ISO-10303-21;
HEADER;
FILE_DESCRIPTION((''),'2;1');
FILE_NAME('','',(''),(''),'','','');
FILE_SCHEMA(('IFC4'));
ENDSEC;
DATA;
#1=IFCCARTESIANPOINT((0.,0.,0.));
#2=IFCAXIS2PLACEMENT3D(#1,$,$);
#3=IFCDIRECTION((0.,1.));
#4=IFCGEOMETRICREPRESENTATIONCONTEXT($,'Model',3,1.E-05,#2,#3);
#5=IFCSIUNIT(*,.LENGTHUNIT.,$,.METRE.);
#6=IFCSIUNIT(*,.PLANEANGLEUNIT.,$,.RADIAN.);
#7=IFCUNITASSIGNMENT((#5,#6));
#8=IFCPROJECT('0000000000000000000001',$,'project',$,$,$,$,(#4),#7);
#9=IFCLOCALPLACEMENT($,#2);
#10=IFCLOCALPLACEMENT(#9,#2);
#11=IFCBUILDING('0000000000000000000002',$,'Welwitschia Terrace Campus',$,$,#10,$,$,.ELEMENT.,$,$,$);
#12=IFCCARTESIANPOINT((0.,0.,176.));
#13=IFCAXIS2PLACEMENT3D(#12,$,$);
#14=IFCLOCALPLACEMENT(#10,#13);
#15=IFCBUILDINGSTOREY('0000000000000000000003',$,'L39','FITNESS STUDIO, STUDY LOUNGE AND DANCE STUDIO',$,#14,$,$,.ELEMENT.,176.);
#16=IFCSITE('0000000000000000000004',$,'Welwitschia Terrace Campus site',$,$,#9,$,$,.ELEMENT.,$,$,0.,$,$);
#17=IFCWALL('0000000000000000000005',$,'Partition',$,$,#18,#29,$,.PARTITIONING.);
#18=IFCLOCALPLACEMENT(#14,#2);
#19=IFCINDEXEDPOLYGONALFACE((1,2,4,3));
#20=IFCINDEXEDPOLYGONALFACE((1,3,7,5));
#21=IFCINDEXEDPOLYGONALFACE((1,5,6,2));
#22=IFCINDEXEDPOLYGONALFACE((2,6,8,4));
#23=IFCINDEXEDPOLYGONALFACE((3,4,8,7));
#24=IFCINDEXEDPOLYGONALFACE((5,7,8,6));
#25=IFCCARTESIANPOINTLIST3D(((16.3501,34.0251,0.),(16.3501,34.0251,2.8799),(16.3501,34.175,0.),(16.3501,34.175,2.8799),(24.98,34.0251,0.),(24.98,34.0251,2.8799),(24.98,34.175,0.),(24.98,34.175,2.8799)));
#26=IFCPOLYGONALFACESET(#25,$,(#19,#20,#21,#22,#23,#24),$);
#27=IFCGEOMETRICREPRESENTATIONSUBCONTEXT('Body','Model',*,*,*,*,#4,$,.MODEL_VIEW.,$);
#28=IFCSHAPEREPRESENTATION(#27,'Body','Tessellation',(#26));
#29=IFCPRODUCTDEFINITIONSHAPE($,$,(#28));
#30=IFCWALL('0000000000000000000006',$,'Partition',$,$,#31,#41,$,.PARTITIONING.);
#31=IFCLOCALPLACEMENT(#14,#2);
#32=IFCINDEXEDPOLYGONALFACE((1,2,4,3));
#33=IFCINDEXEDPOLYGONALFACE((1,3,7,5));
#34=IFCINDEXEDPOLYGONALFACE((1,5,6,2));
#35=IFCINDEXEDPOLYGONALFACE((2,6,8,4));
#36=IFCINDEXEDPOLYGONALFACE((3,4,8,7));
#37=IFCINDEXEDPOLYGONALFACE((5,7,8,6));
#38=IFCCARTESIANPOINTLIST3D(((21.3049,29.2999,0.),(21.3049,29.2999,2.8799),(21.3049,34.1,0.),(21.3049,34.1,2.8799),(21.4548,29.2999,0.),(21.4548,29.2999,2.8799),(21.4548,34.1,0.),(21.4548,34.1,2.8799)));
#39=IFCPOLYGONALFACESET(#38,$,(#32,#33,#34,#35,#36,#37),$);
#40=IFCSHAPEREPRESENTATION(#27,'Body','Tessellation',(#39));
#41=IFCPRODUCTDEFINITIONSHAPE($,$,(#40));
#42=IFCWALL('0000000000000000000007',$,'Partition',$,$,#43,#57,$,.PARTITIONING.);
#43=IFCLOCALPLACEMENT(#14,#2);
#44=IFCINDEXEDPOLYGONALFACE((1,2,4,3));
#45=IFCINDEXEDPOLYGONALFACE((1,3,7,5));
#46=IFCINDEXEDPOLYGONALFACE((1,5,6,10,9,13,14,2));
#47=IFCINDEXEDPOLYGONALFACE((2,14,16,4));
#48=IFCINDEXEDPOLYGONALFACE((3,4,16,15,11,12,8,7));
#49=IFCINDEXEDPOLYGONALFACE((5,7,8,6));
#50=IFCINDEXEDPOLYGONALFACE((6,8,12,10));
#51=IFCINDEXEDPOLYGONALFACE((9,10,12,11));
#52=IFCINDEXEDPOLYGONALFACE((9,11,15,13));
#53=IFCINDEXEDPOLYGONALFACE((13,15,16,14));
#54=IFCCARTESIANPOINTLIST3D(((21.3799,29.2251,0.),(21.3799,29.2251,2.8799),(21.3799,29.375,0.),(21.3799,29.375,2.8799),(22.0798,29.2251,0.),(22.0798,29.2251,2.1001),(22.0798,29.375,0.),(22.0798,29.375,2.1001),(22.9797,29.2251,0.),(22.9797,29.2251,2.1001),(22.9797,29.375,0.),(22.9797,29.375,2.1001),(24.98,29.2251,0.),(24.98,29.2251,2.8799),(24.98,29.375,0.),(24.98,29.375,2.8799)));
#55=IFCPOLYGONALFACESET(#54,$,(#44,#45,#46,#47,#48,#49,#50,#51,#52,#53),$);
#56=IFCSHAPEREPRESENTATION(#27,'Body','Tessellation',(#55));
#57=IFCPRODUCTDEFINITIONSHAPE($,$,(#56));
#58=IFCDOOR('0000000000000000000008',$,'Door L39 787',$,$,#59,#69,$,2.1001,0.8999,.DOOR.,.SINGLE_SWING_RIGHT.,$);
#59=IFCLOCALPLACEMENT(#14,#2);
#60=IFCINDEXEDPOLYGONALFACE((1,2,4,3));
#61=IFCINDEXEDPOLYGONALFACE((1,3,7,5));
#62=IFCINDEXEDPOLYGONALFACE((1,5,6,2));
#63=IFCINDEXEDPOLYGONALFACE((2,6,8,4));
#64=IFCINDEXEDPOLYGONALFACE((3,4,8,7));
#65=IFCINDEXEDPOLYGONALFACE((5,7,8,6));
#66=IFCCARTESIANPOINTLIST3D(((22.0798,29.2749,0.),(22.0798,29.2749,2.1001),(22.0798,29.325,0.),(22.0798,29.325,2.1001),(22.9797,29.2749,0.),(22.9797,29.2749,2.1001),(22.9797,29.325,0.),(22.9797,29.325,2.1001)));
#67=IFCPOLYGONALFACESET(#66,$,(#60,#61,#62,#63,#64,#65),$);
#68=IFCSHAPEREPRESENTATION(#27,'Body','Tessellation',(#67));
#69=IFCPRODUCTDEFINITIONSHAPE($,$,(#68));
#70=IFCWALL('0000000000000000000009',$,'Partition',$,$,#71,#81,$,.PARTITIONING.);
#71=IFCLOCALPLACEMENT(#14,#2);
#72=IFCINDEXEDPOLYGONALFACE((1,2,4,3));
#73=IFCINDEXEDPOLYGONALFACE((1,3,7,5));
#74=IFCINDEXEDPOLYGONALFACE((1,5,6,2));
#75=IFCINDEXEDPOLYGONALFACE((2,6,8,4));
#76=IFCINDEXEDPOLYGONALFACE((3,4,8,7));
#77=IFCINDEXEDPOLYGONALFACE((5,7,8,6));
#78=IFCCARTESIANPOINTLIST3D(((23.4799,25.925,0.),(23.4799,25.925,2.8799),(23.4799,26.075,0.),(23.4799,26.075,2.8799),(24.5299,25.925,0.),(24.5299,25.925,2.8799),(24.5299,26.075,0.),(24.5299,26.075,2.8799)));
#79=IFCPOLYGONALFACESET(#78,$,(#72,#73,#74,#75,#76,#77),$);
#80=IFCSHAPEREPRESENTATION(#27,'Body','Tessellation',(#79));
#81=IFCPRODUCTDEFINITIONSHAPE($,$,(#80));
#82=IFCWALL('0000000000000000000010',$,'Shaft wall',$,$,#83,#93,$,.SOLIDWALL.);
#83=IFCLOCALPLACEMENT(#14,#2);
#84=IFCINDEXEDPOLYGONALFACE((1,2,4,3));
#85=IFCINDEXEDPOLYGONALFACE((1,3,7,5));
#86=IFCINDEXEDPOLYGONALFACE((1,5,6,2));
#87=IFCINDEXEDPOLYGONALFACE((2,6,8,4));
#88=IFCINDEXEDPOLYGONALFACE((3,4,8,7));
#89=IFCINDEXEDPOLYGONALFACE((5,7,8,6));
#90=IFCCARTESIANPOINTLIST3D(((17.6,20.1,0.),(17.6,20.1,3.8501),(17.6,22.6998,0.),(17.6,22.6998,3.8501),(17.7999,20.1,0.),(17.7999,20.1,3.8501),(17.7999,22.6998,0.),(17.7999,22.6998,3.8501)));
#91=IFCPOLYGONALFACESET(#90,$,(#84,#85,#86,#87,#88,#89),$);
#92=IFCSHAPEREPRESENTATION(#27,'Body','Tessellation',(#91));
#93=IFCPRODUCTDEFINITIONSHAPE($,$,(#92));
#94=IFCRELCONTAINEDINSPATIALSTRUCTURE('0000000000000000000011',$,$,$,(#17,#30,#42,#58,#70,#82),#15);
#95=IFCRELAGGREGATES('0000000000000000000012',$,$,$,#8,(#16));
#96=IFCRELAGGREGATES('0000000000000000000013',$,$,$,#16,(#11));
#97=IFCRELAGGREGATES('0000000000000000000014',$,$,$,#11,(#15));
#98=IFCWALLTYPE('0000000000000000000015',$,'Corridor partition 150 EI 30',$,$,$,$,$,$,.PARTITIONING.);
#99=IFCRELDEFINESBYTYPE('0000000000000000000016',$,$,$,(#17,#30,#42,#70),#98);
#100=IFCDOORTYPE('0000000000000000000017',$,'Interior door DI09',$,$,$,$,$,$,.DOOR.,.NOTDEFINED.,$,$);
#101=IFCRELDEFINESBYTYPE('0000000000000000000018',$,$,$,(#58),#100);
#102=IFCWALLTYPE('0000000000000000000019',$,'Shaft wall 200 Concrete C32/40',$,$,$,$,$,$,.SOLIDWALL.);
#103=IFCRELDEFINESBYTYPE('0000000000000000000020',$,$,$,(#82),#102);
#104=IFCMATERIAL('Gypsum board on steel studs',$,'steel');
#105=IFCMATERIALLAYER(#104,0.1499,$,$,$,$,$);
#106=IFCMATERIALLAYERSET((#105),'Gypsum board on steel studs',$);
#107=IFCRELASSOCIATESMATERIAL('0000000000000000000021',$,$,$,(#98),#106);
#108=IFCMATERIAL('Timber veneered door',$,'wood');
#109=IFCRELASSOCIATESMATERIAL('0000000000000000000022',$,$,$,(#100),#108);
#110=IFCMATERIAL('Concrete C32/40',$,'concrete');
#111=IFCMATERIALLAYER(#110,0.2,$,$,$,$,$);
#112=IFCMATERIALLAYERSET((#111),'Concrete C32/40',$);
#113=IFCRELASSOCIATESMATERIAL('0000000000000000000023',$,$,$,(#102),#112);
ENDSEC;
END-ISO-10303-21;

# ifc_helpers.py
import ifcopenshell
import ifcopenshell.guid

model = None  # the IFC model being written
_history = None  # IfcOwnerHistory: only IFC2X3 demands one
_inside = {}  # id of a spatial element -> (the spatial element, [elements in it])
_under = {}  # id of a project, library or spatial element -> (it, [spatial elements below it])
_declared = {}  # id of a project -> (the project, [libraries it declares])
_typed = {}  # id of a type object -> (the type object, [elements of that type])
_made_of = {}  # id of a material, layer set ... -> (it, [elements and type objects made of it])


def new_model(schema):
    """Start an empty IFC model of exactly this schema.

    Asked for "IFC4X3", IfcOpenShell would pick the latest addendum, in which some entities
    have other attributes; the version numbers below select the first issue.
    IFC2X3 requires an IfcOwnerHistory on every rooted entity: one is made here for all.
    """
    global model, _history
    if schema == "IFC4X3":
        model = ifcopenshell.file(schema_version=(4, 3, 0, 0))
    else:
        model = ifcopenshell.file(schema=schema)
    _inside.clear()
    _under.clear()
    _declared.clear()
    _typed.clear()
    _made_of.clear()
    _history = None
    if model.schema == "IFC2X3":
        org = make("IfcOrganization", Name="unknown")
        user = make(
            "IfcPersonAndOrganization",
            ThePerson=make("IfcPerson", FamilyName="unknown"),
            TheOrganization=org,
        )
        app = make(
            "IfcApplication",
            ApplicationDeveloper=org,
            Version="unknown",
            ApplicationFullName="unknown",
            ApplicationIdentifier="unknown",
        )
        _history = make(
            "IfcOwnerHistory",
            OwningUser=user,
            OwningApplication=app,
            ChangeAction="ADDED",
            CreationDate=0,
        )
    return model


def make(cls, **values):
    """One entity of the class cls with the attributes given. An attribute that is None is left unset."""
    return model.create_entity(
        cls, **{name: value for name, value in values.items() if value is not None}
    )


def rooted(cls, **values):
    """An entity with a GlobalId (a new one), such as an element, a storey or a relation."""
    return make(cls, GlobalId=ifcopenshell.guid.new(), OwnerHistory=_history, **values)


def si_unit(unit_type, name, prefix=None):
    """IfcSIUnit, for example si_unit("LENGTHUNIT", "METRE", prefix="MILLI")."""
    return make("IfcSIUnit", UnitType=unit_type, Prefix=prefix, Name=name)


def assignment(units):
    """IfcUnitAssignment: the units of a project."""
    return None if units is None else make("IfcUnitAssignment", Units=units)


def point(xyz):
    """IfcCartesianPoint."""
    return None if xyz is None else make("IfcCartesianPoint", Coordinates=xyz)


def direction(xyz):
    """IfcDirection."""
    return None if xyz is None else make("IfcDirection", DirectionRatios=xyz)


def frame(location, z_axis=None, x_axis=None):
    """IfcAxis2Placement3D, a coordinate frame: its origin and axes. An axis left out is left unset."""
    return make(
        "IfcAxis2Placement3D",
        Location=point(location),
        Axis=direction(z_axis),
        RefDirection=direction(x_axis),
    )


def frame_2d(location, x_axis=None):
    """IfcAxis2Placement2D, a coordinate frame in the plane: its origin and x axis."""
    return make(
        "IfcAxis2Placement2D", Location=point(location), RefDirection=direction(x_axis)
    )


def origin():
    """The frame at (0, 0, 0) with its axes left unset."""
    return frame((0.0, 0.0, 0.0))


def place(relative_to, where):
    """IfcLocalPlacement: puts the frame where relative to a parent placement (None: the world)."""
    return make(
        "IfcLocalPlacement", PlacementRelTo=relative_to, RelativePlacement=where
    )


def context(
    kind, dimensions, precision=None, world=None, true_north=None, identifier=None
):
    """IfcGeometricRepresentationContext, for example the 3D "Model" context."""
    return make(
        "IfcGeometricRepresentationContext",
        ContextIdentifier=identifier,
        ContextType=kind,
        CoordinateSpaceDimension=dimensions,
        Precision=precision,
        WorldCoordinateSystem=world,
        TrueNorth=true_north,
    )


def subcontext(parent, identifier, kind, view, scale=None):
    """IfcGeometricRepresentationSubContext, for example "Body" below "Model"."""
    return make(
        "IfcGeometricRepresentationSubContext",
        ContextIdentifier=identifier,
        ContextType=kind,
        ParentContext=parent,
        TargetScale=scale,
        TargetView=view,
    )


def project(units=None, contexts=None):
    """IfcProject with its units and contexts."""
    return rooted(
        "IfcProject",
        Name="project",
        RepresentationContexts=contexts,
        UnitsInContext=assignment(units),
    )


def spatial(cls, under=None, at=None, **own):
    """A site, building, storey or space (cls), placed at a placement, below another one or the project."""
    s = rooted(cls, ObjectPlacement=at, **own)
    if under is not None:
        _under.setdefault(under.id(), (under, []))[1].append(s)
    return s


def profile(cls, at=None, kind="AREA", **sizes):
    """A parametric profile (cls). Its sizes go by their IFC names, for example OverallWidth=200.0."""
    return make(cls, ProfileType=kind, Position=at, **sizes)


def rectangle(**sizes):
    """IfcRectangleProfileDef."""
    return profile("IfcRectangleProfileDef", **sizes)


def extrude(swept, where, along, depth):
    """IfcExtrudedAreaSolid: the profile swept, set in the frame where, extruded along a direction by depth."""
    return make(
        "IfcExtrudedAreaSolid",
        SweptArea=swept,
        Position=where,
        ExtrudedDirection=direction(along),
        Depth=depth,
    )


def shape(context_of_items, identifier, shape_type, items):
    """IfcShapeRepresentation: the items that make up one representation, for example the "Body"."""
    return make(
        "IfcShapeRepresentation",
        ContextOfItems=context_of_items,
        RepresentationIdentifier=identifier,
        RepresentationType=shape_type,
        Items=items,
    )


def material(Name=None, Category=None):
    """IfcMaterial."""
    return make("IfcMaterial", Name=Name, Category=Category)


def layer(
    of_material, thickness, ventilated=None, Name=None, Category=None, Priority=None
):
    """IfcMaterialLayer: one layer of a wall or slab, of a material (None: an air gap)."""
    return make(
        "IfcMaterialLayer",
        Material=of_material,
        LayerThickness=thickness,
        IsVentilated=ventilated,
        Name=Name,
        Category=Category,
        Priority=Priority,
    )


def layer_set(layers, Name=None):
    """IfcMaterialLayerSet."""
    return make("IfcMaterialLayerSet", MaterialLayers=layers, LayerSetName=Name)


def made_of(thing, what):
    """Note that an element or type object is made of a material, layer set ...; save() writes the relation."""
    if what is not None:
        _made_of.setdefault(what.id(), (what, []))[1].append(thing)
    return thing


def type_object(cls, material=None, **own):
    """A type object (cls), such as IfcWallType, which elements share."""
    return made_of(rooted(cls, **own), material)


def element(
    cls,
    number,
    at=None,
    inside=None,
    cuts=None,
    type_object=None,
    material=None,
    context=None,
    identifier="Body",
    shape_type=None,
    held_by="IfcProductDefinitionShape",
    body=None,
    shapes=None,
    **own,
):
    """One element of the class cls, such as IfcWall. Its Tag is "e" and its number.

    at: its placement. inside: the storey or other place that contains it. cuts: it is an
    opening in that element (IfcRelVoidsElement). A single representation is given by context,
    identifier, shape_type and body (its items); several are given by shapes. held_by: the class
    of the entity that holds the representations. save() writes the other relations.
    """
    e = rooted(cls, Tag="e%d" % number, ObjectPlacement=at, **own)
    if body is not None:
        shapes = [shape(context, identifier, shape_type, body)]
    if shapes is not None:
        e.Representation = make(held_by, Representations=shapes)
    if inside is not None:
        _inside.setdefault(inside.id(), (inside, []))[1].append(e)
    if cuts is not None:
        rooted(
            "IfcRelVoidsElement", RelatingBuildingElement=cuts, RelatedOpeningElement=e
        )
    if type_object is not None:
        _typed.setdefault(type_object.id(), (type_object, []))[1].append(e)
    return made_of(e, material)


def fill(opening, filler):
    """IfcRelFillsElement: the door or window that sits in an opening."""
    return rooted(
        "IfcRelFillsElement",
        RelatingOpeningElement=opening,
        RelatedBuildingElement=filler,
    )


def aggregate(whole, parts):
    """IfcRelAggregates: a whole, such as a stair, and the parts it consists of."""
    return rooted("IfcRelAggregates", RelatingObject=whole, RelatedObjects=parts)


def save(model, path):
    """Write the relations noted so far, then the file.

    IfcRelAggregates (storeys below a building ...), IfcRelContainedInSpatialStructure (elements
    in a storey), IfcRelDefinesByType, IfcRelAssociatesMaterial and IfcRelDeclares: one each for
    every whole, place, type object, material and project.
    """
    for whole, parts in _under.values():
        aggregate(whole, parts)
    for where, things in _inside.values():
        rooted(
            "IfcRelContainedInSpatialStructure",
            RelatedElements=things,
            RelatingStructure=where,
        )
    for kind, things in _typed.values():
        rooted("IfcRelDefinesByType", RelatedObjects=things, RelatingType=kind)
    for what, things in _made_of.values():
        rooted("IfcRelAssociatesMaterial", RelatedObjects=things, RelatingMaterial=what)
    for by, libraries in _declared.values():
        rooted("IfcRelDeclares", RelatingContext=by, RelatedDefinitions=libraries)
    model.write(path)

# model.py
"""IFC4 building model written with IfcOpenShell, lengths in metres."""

from ifc_helpers import new_model, si_unit, direction, frame, frame_2d, origin, place, context, subcontext, project, spatial, rectangle, extrude, material, layer, layer_set, type_object, element, fill, save


model = new_model("IFC4")

# Units and contexts
model_context = context("Model", 3, precision=1e-05, world=origin(), true_north=direction((0.0, 1.0)))
body_context = subcontext(model_context, "Body", "Model", "MODEL_VIEW")
ifc_project = project(units=[si_unit("LENGTHUNIT", "METRE"), si_unit("PLANEANGLEUNIT", "RADIAN")], contexts=[model_context])

# Site, building, storey
site_placement = place(None, origin())
site = spatial("IfcSite", under=ifc_project, at=site_placement, Name="Welwitschia Terrace Campus site", CompositionType="ELEMENT", RefElevation=0.0)
building_placement = place(site_placement, origin())
building = spatial("IfcBuilding", under=site, at=building_placement, Name="Welwitschia Terrace Campus", CompositionType="ELEMENT")
storey_placement = place(building_placement, frame((0.0, 0.0, 176.0)))
storey = spatial("IfcBuildingStorey", under=building, at=storey_placement, Name="L39", Description="FITNESS STUDIO, STUDY LOUNGE AND DANCE STUDIO", CompositionType="ELEMENT", Elevation=176.0)

# Shared definitions
ifc_material_1 = material(Name="Gypsum board on steel studs", Category="steel")
ifc_layer_1 = layer(ifc_material_1, 0.1499)
ifc_layer_set_1 = layer_set([ifc_layer_1], Name="Gypsum board on steel studs")
wall_type_1 = type_object("IfcWallType", Name="Corridor partition 150 EI 30", PredefinedType="PARTITIONING", material=ifc_layer_set_1)

# Walls
wall_1_placement = place(storey_placement, frame((16.3501, 34.1001, 0.0), z_axis=(0.0, 0.0, 1.0), x_axis=(1.0, 0.0, 0.0)))
element("IfcWall", 1, at=wall_1_placement, inside=storey, type_object=wall_type_1, Name="Partition", PredefinedType="PARTITIONING", context=body_context, shape_type="SweptSolid", body=[
    extrude(rectangle(XDim=8.6299, YDim=0.1499, at=frame_2d((4.3149, 0.0))), origin(), (0.0, 0.0, 1.0), 2.8799),
])
wall_2_placement = place(storey_placement, frame((21.3799, 29.3, 0.0), z_axis=(0.0, 0.0, 1.0), x_axis=(0.0, 1.0, 0.0)))
element("IfcWall", 2, at=wall_2_placement, inside=storey, type_object=wall_type_1, Name="Partition", PredefinedType="PARTITIONING", context=body_context, shape_type="SweptSolid", body=[
    extrude(rectangle(XDim=4.8, YDim=0.1499, at=frame_2d((2.3999, 0.0))), origin(), (0.0, 0.0, 1.0), 2.8799),
])

# Wall, opening, door
wall_3_placement = place(storey_placement, frame((21.3799, 29.3, 0.0), z_axis=(0.0, 0.0, 1.0), x_axis=(1.0, 0.0, 0.0)))
wall_3 = element("IfcWall", 3, at=wall_3_placement, inside=storey, type_object=wall_type_1, Name="Partition", PredefinedType="PARTITIONING", context=body_context, shape_type="SweptSolid", body=[
    extrude(rectangle(XDim=3.6001, YDim=0.1499, at=frame_2d((1.8, 0.0))), origin(), (0.0, 0.0, 1.0), 2.8799),
])
opening_1_placement = place(wall_3_placement, frame((0.7, 0.0, 0.0)))
opening_1 = element("IfcOpeningElement", 4, at=opening_1_placement, cuts=wall_3, PredefinedType="OPENING", context=body_context, shape_type="SweptSolid", body=[
    extrude(rectangle(XDim=0.8999, YDim=2.1001, at=frame_2d((0.45, 1.05))), frame((0.0, 0.085, 0.0), z_axis=(0.0, -1.0, 0.0), x_axis=(1.0, 0.0, 0.0)), (0.0, 0.0, 1.0), 0.1699),
])
ifc_material_2 = material(Name="Timber veneered door", Category="wood")
door_type_1 = type_object("IfcDoorType", Name="Interior door DI09", OperationType="NOTDEFINED", PredefinedType="DOOR", material=ifc_material_2)
door_1_placement = place(opening_1_placement, origin())
door_1 = element("IfcDoor", 5, at=door_1_placement, inside=storey, type_object=door_type_1, Name="Door L39 787", OperationType="SINGLE_SWING_RIGHT", OverallHeight=2.1001, OverallWidth=0.8999, PredefinedType="DOOR", context=body_context, shape_type="SweptSolid", body=[
    extrude(rectangle(XDim=0.8999, YDim=2.1001, at=frame_2d((0.45, 1.05))), frame((0.0, 0.0249, 0.0), z_axis=(0.0, -1.0, 0.0), x_axis=(1.0, 0.0, 0.0)), (0.0, 0.0, 1.0), 0.05),
])
fill(opening_1, door_1)

# Walls
wall_4_placement = place(storey_placement, frame((23.48, 26.0, 0.0), z_axis=(0.0, 0.0, 1.0), x_axis=(1.0, 0.0, 0.0)))
element("IfcWall", 6, at=wall_4_placement, inside=storey, type_object=wall_type_1, Name="Partition", PredefinedType="PARTITIONING", context=body_context, shape_type="SweptSolid", body=[
    extrude(rectangle(XDim=1.05, YDim=0.1499, at=frame_2d((0.5249, 0.0))), origin(), (0.0, 0.0, 1.0), 2.8799),
])
ifc_material_3 = material(Name="Concrete C32/40", Category="concrete")
ifc_layer_2 = layer(ifc_material_3, 0.2)
ifc_layer_set_2 = layer_set([ifc_layer_2], Name="Concrete C32/40")
wall_type_2 = type_object("IfcWallType", Name="Shaft wall 200 Concrete C32/40", PredefinedType="SOLIDWALL", material=ifc_layer_set_2)
wall_5_placement = place(storey_placement, frame((17.7, 20.1001, 0.0), z_axis=(0.0, 0.0, 1.0), x_axis=(0.0, 1.0, 0.0)))
element("IfcWall", 7, at=wall_5_placement, inside=storey, type_object=wall_type_2, Name="Shaft wall", PredefinedType="SOLIDWALL", context=body_context, shape_type="SweptSolid", body=[
    extrude(rectangle(XDim=2.5999, YDim=0.2, at=frame_2d((1.2998, 0.0))), origin(), (0.0, 0.0, 1.0), 3.8501),
])

save(model, "model.ifc")
